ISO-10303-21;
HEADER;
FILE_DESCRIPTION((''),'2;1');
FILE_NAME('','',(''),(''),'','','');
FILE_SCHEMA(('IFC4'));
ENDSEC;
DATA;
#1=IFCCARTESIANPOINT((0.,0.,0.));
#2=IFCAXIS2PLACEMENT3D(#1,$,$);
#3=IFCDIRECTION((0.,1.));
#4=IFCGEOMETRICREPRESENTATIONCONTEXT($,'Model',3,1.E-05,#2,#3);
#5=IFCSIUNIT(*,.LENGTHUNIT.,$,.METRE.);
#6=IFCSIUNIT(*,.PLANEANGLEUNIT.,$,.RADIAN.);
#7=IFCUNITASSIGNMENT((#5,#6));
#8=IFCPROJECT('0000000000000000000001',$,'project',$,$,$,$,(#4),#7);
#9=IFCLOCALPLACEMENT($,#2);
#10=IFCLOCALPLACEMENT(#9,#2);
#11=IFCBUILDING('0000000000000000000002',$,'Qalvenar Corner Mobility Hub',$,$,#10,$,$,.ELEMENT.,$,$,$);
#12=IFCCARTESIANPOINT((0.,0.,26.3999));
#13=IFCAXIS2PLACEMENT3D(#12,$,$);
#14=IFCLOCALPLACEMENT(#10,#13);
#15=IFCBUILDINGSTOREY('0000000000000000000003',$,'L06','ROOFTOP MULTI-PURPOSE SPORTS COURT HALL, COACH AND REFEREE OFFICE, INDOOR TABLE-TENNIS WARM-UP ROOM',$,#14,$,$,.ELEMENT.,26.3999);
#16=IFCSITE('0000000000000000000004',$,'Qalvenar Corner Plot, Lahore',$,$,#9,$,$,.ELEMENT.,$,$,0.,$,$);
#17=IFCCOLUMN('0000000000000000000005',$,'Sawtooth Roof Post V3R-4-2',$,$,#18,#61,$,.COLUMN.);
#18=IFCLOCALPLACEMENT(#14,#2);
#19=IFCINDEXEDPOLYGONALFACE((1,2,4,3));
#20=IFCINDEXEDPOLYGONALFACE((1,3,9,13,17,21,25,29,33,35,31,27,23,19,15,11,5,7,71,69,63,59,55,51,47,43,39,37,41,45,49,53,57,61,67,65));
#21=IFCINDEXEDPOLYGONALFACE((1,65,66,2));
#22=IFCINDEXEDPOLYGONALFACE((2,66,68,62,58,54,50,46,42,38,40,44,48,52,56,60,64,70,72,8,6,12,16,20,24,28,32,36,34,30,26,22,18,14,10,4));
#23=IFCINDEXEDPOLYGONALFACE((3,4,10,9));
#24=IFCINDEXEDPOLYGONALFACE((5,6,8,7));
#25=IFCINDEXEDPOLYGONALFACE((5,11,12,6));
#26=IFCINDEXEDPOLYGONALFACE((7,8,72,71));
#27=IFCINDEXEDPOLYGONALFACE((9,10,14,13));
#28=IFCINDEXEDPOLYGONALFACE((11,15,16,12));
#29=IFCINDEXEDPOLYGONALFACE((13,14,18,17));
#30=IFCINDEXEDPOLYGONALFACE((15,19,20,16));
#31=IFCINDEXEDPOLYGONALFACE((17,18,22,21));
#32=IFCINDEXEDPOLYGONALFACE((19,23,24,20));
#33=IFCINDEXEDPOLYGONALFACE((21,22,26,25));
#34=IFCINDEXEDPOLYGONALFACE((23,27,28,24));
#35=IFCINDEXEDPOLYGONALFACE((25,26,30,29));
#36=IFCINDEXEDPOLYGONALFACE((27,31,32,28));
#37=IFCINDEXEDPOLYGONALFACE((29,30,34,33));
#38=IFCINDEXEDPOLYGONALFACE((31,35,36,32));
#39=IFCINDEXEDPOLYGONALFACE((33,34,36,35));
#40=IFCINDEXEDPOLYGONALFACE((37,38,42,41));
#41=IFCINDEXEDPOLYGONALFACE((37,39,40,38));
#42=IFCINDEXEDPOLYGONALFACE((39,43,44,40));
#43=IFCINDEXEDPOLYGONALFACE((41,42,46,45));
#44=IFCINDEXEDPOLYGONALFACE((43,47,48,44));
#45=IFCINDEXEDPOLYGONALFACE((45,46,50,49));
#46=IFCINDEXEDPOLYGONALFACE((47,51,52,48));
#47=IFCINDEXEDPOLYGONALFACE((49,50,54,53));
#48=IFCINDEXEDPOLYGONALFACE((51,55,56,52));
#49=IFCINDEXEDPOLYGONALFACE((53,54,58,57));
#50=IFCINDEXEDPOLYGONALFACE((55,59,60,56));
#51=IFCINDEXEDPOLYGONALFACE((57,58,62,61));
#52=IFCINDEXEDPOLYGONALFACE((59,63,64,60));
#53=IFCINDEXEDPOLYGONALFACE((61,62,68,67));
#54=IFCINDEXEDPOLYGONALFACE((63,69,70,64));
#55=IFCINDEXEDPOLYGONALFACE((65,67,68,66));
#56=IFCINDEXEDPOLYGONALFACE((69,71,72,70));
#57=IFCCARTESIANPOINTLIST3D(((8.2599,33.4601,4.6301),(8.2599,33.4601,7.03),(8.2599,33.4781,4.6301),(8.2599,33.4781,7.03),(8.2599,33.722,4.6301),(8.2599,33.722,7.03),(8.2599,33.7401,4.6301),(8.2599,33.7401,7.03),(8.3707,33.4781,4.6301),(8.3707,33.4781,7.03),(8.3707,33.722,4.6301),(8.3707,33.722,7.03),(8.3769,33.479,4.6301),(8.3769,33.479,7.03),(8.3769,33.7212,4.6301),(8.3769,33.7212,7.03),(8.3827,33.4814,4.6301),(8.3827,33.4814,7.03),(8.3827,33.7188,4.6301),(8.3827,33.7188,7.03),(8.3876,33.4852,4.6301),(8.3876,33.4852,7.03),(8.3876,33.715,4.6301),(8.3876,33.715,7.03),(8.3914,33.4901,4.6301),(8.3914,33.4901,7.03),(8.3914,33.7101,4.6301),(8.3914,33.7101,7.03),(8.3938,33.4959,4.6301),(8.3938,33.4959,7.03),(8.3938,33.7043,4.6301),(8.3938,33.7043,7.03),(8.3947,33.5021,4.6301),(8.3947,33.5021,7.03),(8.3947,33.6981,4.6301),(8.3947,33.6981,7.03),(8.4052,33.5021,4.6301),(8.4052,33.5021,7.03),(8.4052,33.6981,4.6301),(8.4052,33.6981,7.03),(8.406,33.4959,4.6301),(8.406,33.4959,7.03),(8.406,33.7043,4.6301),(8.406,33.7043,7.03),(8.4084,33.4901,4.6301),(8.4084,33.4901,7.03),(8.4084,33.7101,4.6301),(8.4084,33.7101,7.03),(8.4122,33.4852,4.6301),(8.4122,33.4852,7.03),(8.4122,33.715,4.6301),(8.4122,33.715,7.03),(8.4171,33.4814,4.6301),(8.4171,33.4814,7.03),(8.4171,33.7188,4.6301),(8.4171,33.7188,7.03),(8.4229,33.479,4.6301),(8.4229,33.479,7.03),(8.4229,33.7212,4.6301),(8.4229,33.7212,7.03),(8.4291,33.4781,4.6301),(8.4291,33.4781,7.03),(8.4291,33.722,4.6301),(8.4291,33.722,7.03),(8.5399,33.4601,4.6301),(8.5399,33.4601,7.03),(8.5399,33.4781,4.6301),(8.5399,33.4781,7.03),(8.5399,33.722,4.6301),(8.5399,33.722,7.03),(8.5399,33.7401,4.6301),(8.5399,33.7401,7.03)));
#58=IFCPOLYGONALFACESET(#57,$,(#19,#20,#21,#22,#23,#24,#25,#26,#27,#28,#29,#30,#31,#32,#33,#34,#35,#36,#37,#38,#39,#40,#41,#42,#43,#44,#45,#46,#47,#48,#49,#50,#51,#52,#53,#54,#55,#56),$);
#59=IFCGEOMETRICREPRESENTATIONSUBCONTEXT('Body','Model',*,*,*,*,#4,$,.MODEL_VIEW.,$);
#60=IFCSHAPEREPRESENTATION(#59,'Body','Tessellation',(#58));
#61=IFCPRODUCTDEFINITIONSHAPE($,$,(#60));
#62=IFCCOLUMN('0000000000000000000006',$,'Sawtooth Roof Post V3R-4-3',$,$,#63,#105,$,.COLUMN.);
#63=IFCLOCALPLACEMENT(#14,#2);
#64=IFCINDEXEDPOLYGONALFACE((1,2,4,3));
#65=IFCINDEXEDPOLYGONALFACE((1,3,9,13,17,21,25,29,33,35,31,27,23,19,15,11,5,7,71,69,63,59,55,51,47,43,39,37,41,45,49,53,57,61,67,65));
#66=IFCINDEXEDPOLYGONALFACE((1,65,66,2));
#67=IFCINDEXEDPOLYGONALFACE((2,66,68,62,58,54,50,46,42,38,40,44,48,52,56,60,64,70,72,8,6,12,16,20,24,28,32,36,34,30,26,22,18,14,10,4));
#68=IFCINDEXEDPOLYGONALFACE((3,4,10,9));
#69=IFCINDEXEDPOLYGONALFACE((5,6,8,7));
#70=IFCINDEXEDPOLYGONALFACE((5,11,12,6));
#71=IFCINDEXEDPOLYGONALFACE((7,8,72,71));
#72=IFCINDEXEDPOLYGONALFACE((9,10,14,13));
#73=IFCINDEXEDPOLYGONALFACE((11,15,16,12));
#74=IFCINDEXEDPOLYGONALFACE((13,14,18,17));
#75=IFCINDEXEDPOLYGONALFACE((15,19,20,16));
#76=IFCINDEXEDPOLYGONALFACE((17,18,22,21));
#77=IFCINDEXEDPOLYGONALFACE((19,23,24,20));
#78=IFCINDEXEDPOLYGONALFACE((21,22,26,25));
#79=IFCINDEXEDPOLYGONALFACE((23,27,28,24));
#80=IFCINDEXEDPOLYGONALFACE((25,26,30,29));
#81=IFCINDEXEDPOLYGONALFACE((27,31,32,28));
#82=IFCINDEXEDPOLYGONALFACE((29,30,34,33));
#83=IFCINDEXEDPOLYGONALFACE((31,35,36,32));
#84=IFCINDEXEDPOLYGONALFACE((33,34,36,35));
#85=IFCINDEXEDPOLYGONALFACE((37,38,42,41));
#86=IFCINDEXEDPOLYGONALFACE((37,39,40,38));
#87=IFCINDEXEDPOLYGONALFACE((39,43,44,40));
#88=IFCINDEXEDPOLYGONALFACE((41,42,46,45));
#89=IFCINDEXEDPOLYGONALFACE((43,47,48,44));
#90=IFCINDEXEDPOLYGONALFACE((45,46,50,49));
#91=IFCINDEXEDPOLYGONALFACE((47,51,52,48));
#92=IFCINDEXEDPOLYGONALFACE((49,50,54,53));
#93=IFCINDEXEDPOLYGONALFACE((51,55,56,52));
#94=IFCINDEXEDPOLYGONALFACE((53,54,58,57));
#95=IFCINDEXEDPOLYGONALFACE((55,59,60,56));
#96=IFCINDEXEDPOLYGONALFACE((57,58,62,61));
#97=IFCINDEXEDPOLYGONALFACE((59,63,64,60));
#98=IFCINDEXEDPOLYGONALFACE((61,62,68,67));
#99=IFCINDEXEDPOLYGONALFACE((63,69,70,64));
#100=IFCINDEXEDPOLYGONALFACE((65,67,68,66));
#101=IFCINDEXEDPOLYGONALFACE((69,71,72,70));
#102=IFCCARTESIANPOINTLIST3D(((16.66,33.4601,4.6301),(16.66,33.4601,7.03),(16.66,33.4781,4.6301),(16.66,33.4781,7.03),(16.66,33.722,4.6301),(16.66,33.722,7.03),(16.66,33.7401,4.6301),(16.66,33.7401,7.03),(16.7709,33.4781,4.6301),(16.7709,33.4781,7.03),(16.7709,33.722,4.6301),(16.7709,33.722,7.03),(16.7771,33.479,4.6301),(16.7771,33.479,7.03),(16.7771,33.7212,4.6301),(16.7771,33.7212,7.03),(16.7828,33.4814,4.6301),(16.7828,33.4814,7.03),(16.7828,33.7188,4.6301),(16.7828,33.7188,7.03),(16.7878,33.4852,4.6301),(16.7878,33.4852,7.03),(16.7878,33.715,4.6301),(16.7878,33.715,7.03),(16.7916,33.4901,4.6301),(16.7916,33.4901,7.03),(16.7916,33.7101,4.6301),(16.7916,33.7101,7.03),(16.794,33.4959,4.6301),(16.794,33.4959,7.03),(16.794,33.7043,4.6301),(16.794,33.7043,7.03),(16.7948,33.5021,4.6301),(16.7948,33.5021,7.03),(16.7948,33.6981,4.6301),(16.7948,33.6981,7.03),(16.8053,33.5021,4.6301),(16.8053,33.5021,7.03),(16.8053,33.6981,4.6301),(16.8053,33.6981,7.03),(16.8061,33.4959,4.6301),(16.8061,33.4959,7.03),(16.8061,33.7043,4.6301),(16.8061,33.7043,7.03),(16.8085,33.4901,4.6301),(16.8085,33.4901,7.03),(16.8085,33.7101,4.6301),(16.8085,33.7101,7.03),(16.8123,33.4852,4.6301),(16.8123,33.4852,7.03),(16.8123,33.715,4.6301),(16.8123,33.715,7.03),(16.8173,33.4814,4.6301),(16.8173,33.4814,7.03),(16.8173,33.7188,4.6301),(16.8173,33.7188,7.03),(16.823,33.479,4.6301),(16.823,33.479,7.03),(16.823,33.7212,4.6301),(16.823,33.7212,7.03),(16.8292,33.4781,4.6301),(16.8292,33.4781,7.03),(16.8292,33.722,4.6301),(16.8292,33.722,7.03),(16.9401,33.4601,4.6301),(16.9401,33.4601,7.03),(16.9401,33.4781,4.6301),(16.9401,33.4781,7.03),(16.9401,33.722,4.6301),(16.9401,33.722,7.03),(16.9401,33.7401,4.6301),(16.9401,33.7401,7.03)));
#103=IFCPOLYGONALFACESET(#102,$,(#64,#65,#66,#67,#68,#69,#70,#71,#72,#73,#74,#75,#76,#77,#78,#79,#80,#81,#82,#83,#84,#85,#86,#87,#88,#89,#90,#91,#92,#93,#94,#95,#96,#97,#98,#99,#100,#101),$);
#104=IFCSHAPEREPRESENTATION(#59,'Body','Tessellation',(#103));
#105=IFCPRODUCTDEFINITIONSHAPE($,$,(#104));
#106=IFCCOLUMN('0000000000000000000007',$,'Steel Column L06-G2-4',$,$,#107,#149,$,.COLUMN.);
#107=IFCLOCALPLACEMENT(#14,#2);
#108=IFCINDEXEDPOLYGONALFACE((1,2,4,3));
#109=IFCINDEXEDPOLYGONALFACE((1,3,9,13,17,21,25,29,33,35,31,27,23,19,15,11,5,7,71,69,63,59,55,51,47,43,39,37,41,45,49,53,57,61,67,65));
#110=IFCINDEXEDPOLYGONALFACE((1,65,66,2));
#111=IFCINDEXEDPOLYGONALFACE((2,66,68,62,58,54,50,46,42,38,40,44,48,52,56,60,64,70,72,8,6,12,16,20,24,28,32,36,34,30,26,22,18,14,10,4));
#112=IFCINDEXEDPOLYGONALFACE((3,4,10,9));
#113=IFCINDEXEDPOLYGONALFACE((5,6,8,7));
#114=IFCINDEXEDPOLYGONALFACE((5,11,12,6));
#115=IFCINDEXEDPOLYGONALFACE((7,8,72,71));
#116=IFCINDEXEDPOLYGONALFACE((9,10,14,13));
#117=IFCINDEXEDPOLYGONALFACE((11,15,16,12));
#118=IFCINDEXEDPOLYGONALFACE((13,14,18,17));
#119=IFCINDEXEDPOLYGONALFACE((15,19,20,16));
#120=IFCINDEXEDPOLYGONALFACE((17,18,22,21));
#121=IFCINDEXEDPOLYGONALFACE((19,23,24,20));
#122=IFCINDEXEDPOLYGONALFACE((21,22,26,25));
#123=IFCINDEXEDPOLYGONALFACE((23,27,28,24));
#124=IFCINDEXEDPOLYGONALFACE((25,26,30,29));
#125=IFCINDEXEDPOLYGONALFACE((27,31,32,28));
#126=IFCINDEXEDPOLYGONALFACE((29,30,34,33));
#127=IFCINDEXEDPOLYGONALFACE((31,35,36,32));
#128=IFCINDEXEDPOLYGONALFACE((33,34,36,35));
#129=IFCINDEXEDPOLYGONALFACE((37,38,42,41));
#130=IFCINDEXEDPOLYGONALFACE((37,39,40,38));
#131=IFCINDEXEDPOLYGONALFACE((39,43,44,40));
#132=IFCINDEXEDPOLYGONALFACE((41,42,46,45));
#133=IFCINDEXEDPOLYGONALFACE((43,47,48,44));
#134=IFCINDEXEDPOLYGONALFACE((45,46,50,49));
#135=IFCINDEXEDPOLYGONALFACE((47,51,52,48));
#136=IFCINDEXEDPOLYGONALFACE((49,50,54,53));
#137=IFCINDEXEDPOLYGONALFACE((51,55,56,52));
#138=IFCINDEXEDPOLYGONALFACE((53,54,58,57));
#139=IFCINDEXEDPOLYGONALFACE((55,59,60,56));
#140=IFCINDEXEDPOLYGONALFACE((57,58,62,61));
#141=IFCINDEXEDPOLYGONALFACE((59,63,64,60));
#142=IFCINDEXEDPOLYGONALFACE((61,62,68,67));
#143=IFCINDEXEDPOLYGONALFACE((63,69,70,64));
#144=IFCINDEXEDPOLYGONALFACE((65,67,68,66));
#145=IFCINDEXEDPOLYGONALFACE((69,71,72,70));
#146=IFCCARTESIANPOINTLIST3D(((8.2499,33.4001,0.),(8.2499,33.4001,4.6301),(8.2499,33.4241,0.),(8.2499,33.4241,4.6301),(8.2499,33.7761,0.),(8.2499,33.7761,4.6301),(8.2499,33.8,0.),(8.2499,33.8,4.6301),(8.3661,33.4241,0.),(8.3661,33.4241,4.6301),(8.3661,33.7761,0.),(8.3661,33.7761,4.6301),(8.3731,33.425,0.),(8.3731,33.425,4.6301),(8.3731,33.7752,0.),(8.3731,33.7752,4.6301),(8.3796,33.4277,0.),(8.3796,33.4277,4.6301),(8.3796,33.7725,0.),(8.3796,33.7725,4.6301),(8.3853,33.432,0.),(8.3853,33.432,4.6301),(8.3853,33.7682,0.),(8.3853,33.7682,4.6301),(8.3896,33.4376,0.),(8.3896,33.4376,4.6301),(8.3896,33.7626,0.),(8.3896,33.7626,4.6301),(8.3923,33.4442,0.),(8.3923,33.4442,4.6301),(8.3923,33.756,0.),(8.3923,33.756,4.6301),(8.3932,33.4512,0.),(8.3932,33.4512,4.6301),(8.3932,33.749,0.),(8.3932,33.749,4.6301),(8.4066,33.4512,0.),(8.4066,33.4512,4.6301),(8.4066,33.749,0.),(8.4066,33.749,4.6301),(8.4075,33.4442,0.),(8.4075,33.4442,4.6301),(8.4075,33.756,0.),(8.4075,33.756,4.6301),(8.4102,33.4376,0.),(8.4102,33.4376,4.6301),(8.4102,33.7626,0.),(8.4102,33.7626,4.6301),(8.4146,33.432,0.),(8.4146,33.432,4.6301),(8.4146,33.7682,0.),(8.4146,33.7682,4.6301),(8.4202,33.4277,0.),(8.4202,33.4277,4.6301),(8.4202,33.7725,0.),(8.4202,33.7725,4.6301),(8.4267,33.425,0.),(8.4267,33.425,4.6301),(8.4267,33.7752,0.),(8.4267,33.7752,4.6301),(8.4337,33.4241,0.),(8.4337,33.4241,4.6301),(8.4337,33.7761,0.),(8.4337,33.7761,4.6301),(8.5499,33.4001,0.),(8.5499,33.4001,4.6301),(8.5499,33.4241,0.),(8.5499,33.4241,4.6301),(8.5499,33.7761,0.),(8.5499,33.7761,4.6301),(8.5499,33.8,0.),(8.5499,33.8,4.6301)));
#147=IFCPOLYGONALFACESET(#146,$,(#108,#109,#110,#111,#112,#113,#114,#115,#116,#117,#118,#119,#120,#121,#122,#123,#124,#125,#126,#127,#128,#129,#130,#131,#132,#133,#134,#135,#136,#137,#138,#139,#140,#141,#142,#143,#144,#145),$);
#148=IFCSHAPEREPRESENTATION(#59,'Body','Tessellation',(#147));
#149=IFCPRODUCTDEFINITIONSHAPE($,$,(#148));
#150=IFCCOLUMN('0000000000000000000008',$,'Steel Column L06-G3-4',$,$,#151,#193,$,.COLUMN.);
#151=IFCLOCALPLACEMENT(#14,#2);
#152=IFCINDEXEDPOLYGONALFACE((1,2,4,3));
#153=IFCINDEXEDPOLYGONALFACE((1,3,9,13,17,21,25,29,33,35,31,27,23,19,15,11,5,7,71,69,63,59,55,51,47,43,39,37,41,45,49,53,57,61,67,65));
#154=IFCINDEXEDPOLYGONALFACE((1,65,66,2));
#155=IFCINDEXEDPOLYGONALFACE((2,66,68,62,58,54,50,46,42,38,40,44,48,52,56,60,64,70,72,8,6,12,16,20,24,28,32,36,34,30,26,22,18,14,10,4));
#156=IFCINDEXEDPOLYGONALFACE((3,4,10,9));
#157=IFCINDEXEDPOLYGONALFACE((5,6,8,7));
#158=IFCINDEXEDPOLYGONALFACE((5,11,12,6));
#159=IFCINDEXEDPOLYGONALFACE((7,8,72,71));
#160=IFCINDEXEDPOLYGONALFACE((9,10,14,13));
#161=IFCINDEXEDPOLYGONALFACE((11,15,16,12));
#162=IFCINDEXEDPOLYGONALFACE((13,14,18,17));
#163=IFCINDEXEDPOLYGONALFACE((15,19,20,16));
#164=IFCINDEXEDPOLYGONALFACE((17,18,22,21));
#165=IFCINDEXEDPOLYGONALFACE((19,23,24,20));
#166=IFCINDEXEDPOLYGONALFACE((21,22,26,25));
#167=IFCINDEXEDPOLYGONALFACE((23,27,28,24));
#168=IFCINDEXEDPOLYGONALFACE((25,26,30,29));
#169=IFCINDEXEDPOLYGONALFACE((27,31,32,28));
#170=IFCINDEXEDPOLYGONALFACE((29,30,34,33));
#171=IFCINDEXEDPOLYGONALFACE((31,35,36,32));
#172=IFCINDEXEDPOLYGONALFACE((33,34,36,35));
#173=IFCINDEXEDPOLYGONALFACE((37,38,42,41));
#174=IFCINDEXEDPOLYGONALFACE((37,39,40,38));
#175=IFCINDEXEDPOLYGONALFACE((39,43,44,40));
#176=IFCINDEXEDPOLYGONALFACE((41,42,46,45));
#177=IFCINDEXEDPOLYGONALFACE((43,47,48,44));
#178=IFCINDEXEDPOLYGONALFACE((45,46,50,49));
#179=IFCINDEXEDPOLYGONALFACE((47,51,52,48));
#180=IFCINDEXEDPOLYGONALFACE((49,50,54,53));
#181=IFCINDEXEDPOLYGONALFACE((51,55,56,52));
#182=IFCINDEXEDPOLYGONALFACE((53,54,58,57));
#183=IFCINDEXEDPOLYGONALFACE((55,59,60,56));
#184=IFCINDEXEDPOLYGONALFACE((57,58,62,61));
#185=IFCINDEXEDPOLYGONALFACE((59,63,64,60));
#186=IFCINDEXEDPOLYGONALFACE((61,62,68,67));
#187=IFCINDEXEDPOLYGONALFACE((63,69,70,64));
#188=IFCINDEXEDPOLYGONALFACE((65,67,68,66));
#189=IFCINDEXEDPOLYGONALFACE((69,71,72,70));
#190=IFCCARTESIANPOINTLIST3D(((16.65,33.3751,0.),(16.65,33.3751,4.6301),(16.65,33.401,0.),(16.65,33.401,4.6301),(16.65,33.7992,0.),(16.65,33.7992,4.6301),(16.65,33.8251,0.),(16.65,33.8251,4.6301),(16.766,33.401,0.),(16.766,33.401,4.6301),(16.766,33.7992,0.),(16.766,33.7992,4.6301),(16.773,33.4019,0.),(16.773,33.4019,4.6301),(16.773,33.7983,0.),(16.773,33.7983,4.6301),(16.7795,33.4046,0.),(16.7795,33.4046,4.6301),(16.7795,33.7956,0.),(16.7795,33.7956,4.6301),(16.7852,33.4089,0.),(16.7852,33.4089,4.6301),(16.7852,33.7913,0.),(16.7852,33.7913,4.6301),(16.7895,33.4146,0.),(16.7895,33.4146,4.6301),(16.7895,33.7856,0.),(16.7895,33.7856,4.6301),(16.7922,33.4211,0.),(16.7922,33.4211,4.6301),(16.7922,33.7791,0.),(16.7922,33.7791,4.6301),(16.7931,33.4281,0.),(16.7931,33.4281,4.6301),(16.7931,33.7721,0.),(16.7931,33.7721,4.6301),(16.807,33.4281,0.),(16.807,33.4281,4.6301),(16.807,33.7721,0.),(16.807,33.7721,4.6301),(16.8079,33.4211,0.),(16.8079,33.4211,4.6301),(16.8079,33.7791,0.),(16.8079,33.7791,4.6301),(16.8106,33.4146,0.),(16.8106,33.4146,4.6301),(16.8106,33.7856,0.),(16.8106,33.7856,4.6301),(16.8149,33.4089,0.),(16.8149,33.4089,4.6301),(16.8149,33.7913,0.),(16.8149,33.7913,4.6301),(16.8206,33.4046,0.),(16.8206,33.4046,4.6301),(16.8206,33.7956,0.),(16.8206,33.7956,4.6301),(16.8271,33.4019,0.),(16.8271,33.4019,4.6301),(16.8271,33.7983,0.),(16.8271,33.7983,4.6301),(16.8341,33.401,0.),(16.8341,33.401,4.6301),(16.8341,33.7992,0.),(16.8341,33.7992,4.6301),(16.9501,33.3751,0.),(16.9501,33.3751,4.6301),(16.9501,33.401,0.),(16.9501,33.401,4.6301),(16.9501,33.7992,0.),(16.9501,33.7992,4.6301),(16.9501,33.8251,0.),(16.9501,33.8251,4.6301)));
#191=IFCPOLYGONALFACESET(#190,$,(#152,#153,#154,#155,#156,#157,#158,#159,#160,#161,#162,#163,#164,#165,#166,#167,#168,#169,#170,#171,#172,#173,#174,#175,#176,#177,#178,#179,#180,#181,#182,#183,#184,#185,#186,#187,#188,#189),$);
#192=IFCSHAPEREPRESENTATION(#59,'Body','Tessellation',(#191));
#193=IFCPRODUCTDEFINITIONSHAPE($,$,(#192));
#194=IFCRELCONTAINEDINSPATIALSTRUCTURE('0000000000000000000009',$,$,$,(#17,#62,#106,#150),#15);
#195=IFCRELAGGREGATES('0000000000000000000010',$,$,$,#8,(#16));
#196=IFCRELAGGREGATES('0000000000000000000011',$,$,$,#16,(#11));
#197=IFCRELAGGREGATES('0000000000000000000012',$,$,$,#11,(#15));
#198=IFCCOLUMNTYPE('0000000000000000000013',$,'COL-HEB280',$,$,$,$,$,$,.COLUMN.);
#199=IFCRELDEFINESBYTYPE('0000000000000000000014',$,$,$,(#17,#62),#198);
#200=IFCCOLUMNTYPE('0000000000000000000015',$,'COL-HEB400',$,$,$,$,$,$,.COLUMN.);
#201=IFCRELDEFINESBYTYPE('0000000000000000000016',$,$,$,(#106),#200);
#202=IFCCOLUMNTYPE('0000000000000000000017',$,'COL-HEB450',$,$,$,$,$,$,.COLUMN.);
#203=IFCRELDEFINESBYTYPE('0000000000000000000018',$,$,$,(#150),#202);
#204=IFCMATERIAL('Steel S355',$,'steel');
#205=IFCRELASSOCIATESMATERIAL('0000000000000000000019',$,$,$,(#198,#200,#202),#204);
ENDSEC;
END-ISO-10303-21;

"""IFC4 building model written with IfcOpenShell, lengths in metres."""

from ifc_helpers import new_model, si_unit, direction, frame, origin, origin_2d, place, context, subcontext, project, spatial, i_section, extrude, material, material_profile, profile_set, type_object, element, save


model = new_model("IFC4")

# Units and contexts
model_context = context("Model", 3, precision=1e-05, world=origin(), true_north=direction((0.0, 1.0)))
body_context = subcontext(model_context, "Body", "Model", "MODEL_VIEW")
ifc_project = project(units=[si_unit("LENGTHUNIT", "METRE"), si_unit("PLANEANGLEUNIT", "RADIAN")], contexts=[model_context])

# Site, building, storey
site_placement = place(None, origin())
site = spatial("IfcSite", under=ifc_project, at=site_placement, Name="Qalvenar Corner Plot, Lahore", CompositionType="ELEMENT", RefElevation=0.0)
building_placement = place(site_placement, origin())
building = spatial("IfcBuilding", under=site, at=building_placement, Name="Qalvenar Corner Mobility Hub", CompositionType="ELEMENT")
storey_placement = place(building_placement, frame((0.0, 0.0, 26.3999)))
storey = spatial("IfcBuildingStorey", under=building, at=storey_placement, Name="L06", Description="ROOFTOP MULTI-PURPOSE SPORTS COURT HALL, COACH AND REFEREE OFFICE, INDOOR TABLE-TENNIS WARM-UP ROOM", CompositionType="ELEMENT", Elevation=26.3999)

# Columns
ifc_material_1 = material(Name="Steel S355", Category="steel")
ifc_material_profile_1 = material_profile(ifc_material_1, i_section(OverallWidth=0.28, OverallDepth=0.28, WebThickness=0.0105, FlangeThickness=0.0181, FilletRadius=0.0239, at=origin_2d()), Name="HEB280")
ifc_profile_set_1 = profile_set([ifc_material_profile_1], Name="Steel S355")
column_type_1 = type_object("IfcColumnType", Name="COL-HEB280", PredefinedType="COLUMN", material=ifc_profile_set_1)
for number, where, z_axis, x_axis, name in (
    (1, (8.3999, 33.6001, 4.6301), (0.0, 0.0, 1.0), (1.0, 0.0, 0.0), "Sawtooth Roof Post V3R-4-2"),
    (2, (16.8, 33.6001, 4.6301), (0.0, 0.0, 1.0), (1.0, 0.0, 0.0), "Sawtooth Roof Post V3R-4-3"),
):
    element("IfcColumn", number, at=place(storey_placement, frame(where, z_axis=z_axis, x_axis=x_axis)), inside=storey, type_object=column_type_1, Name=name, PredefinedType="COLUMN", context=body_context, shape_type="SweptSolid", body=[
        extrude(i_section(OverallWidth=0.28, OverallDepth=0.28, WebThickness=0.0105, FlangeThickness=0.0181, FilletRadius=0.0239, at=origin_2d()), origin(), (0.0, 0.0, 1.0), 2.3999),
    ])
ifc_material_profile_2 = material_profile(ifc_material_1, i_section(OverallWidth=0.3, OverallDepth=0.3999, WebThickness=0.0134, FlangeThickness=0.0239, FilletRadius=0.0271, at=origin_2d()), Name="HEB400")
ifc_profile_set_2 = profile_set([ifc_material_profile_2], Name="Steel S355")
column_type_2 = type_object("IfcColumnType", Name="COL-HEB400", PredefinedType="COLUMN", material=ifc_profile_set_2)
column_1_placement = place(storey_placement, frame((8.3999, 33.6001, 0.0), z_axis=(0.0, 0.0, 1.0), x_axis=(1.0, 0.0, 0.0)))
element("IfcColumn", 3, at=column_1_placement, inside=storey, type_object=column_type_2, Name="Steel Column L06-G2-4", PredefinedType="COLUMN", context=body_context, shape_type="SweptSolid", body=[
    extrude(i_section(OverallWidth=0.3, OverallDepth=0.3999, WebThickness=0.0134, FlangeThickness=0.0239, FilletRadius=0.0271, at=origin_2d()), origin(), (0.0, 0.0, 1.0), 4.6301),
])
ifc_material_profile_3 = material_profile(ifc_material_1, i_section(OverallWidth=0.3, OverallDepth=0.45, WebThickness=0.0139, FlangeThickness=0.0259, FilletRadius=0.0271, at=origin_2d()), Name="HEB450")
ifc_profile_set_3 = profile_set([ifc_material_profile_3], Name="Steel S355")
column_type_3 = type_object("IfcColumnType", Name="COL-HEB450", PredefinedType="COLUMN", material=ifc_profile_set_3)
column_2_placement = place(storey_placement, frame((16.8, 33.6001, 0.0), z_axis=(0.0, 0.0, 1.0), x_axis=(1.0, 0.0, 0.0)))
element("IfcColumn", 4, at=column_2_placement, inside=storey, type_object=column_type_3, Name="Steel Column L06-G3-4", PredefinedType="COLUMN", context=body_context, shape_type="SweptSolid", body=[
    extrude(i_section(OverallWidth=0.3, OverallDepth=0.45, WebThickness=0.0139, FlangeThickness=0.0259, FilletRadius=0.0271, at=origin_2d()), origin(), (0.0, 0.0, 1.0), 4.6301),
])

save(model, "model.ifc")
